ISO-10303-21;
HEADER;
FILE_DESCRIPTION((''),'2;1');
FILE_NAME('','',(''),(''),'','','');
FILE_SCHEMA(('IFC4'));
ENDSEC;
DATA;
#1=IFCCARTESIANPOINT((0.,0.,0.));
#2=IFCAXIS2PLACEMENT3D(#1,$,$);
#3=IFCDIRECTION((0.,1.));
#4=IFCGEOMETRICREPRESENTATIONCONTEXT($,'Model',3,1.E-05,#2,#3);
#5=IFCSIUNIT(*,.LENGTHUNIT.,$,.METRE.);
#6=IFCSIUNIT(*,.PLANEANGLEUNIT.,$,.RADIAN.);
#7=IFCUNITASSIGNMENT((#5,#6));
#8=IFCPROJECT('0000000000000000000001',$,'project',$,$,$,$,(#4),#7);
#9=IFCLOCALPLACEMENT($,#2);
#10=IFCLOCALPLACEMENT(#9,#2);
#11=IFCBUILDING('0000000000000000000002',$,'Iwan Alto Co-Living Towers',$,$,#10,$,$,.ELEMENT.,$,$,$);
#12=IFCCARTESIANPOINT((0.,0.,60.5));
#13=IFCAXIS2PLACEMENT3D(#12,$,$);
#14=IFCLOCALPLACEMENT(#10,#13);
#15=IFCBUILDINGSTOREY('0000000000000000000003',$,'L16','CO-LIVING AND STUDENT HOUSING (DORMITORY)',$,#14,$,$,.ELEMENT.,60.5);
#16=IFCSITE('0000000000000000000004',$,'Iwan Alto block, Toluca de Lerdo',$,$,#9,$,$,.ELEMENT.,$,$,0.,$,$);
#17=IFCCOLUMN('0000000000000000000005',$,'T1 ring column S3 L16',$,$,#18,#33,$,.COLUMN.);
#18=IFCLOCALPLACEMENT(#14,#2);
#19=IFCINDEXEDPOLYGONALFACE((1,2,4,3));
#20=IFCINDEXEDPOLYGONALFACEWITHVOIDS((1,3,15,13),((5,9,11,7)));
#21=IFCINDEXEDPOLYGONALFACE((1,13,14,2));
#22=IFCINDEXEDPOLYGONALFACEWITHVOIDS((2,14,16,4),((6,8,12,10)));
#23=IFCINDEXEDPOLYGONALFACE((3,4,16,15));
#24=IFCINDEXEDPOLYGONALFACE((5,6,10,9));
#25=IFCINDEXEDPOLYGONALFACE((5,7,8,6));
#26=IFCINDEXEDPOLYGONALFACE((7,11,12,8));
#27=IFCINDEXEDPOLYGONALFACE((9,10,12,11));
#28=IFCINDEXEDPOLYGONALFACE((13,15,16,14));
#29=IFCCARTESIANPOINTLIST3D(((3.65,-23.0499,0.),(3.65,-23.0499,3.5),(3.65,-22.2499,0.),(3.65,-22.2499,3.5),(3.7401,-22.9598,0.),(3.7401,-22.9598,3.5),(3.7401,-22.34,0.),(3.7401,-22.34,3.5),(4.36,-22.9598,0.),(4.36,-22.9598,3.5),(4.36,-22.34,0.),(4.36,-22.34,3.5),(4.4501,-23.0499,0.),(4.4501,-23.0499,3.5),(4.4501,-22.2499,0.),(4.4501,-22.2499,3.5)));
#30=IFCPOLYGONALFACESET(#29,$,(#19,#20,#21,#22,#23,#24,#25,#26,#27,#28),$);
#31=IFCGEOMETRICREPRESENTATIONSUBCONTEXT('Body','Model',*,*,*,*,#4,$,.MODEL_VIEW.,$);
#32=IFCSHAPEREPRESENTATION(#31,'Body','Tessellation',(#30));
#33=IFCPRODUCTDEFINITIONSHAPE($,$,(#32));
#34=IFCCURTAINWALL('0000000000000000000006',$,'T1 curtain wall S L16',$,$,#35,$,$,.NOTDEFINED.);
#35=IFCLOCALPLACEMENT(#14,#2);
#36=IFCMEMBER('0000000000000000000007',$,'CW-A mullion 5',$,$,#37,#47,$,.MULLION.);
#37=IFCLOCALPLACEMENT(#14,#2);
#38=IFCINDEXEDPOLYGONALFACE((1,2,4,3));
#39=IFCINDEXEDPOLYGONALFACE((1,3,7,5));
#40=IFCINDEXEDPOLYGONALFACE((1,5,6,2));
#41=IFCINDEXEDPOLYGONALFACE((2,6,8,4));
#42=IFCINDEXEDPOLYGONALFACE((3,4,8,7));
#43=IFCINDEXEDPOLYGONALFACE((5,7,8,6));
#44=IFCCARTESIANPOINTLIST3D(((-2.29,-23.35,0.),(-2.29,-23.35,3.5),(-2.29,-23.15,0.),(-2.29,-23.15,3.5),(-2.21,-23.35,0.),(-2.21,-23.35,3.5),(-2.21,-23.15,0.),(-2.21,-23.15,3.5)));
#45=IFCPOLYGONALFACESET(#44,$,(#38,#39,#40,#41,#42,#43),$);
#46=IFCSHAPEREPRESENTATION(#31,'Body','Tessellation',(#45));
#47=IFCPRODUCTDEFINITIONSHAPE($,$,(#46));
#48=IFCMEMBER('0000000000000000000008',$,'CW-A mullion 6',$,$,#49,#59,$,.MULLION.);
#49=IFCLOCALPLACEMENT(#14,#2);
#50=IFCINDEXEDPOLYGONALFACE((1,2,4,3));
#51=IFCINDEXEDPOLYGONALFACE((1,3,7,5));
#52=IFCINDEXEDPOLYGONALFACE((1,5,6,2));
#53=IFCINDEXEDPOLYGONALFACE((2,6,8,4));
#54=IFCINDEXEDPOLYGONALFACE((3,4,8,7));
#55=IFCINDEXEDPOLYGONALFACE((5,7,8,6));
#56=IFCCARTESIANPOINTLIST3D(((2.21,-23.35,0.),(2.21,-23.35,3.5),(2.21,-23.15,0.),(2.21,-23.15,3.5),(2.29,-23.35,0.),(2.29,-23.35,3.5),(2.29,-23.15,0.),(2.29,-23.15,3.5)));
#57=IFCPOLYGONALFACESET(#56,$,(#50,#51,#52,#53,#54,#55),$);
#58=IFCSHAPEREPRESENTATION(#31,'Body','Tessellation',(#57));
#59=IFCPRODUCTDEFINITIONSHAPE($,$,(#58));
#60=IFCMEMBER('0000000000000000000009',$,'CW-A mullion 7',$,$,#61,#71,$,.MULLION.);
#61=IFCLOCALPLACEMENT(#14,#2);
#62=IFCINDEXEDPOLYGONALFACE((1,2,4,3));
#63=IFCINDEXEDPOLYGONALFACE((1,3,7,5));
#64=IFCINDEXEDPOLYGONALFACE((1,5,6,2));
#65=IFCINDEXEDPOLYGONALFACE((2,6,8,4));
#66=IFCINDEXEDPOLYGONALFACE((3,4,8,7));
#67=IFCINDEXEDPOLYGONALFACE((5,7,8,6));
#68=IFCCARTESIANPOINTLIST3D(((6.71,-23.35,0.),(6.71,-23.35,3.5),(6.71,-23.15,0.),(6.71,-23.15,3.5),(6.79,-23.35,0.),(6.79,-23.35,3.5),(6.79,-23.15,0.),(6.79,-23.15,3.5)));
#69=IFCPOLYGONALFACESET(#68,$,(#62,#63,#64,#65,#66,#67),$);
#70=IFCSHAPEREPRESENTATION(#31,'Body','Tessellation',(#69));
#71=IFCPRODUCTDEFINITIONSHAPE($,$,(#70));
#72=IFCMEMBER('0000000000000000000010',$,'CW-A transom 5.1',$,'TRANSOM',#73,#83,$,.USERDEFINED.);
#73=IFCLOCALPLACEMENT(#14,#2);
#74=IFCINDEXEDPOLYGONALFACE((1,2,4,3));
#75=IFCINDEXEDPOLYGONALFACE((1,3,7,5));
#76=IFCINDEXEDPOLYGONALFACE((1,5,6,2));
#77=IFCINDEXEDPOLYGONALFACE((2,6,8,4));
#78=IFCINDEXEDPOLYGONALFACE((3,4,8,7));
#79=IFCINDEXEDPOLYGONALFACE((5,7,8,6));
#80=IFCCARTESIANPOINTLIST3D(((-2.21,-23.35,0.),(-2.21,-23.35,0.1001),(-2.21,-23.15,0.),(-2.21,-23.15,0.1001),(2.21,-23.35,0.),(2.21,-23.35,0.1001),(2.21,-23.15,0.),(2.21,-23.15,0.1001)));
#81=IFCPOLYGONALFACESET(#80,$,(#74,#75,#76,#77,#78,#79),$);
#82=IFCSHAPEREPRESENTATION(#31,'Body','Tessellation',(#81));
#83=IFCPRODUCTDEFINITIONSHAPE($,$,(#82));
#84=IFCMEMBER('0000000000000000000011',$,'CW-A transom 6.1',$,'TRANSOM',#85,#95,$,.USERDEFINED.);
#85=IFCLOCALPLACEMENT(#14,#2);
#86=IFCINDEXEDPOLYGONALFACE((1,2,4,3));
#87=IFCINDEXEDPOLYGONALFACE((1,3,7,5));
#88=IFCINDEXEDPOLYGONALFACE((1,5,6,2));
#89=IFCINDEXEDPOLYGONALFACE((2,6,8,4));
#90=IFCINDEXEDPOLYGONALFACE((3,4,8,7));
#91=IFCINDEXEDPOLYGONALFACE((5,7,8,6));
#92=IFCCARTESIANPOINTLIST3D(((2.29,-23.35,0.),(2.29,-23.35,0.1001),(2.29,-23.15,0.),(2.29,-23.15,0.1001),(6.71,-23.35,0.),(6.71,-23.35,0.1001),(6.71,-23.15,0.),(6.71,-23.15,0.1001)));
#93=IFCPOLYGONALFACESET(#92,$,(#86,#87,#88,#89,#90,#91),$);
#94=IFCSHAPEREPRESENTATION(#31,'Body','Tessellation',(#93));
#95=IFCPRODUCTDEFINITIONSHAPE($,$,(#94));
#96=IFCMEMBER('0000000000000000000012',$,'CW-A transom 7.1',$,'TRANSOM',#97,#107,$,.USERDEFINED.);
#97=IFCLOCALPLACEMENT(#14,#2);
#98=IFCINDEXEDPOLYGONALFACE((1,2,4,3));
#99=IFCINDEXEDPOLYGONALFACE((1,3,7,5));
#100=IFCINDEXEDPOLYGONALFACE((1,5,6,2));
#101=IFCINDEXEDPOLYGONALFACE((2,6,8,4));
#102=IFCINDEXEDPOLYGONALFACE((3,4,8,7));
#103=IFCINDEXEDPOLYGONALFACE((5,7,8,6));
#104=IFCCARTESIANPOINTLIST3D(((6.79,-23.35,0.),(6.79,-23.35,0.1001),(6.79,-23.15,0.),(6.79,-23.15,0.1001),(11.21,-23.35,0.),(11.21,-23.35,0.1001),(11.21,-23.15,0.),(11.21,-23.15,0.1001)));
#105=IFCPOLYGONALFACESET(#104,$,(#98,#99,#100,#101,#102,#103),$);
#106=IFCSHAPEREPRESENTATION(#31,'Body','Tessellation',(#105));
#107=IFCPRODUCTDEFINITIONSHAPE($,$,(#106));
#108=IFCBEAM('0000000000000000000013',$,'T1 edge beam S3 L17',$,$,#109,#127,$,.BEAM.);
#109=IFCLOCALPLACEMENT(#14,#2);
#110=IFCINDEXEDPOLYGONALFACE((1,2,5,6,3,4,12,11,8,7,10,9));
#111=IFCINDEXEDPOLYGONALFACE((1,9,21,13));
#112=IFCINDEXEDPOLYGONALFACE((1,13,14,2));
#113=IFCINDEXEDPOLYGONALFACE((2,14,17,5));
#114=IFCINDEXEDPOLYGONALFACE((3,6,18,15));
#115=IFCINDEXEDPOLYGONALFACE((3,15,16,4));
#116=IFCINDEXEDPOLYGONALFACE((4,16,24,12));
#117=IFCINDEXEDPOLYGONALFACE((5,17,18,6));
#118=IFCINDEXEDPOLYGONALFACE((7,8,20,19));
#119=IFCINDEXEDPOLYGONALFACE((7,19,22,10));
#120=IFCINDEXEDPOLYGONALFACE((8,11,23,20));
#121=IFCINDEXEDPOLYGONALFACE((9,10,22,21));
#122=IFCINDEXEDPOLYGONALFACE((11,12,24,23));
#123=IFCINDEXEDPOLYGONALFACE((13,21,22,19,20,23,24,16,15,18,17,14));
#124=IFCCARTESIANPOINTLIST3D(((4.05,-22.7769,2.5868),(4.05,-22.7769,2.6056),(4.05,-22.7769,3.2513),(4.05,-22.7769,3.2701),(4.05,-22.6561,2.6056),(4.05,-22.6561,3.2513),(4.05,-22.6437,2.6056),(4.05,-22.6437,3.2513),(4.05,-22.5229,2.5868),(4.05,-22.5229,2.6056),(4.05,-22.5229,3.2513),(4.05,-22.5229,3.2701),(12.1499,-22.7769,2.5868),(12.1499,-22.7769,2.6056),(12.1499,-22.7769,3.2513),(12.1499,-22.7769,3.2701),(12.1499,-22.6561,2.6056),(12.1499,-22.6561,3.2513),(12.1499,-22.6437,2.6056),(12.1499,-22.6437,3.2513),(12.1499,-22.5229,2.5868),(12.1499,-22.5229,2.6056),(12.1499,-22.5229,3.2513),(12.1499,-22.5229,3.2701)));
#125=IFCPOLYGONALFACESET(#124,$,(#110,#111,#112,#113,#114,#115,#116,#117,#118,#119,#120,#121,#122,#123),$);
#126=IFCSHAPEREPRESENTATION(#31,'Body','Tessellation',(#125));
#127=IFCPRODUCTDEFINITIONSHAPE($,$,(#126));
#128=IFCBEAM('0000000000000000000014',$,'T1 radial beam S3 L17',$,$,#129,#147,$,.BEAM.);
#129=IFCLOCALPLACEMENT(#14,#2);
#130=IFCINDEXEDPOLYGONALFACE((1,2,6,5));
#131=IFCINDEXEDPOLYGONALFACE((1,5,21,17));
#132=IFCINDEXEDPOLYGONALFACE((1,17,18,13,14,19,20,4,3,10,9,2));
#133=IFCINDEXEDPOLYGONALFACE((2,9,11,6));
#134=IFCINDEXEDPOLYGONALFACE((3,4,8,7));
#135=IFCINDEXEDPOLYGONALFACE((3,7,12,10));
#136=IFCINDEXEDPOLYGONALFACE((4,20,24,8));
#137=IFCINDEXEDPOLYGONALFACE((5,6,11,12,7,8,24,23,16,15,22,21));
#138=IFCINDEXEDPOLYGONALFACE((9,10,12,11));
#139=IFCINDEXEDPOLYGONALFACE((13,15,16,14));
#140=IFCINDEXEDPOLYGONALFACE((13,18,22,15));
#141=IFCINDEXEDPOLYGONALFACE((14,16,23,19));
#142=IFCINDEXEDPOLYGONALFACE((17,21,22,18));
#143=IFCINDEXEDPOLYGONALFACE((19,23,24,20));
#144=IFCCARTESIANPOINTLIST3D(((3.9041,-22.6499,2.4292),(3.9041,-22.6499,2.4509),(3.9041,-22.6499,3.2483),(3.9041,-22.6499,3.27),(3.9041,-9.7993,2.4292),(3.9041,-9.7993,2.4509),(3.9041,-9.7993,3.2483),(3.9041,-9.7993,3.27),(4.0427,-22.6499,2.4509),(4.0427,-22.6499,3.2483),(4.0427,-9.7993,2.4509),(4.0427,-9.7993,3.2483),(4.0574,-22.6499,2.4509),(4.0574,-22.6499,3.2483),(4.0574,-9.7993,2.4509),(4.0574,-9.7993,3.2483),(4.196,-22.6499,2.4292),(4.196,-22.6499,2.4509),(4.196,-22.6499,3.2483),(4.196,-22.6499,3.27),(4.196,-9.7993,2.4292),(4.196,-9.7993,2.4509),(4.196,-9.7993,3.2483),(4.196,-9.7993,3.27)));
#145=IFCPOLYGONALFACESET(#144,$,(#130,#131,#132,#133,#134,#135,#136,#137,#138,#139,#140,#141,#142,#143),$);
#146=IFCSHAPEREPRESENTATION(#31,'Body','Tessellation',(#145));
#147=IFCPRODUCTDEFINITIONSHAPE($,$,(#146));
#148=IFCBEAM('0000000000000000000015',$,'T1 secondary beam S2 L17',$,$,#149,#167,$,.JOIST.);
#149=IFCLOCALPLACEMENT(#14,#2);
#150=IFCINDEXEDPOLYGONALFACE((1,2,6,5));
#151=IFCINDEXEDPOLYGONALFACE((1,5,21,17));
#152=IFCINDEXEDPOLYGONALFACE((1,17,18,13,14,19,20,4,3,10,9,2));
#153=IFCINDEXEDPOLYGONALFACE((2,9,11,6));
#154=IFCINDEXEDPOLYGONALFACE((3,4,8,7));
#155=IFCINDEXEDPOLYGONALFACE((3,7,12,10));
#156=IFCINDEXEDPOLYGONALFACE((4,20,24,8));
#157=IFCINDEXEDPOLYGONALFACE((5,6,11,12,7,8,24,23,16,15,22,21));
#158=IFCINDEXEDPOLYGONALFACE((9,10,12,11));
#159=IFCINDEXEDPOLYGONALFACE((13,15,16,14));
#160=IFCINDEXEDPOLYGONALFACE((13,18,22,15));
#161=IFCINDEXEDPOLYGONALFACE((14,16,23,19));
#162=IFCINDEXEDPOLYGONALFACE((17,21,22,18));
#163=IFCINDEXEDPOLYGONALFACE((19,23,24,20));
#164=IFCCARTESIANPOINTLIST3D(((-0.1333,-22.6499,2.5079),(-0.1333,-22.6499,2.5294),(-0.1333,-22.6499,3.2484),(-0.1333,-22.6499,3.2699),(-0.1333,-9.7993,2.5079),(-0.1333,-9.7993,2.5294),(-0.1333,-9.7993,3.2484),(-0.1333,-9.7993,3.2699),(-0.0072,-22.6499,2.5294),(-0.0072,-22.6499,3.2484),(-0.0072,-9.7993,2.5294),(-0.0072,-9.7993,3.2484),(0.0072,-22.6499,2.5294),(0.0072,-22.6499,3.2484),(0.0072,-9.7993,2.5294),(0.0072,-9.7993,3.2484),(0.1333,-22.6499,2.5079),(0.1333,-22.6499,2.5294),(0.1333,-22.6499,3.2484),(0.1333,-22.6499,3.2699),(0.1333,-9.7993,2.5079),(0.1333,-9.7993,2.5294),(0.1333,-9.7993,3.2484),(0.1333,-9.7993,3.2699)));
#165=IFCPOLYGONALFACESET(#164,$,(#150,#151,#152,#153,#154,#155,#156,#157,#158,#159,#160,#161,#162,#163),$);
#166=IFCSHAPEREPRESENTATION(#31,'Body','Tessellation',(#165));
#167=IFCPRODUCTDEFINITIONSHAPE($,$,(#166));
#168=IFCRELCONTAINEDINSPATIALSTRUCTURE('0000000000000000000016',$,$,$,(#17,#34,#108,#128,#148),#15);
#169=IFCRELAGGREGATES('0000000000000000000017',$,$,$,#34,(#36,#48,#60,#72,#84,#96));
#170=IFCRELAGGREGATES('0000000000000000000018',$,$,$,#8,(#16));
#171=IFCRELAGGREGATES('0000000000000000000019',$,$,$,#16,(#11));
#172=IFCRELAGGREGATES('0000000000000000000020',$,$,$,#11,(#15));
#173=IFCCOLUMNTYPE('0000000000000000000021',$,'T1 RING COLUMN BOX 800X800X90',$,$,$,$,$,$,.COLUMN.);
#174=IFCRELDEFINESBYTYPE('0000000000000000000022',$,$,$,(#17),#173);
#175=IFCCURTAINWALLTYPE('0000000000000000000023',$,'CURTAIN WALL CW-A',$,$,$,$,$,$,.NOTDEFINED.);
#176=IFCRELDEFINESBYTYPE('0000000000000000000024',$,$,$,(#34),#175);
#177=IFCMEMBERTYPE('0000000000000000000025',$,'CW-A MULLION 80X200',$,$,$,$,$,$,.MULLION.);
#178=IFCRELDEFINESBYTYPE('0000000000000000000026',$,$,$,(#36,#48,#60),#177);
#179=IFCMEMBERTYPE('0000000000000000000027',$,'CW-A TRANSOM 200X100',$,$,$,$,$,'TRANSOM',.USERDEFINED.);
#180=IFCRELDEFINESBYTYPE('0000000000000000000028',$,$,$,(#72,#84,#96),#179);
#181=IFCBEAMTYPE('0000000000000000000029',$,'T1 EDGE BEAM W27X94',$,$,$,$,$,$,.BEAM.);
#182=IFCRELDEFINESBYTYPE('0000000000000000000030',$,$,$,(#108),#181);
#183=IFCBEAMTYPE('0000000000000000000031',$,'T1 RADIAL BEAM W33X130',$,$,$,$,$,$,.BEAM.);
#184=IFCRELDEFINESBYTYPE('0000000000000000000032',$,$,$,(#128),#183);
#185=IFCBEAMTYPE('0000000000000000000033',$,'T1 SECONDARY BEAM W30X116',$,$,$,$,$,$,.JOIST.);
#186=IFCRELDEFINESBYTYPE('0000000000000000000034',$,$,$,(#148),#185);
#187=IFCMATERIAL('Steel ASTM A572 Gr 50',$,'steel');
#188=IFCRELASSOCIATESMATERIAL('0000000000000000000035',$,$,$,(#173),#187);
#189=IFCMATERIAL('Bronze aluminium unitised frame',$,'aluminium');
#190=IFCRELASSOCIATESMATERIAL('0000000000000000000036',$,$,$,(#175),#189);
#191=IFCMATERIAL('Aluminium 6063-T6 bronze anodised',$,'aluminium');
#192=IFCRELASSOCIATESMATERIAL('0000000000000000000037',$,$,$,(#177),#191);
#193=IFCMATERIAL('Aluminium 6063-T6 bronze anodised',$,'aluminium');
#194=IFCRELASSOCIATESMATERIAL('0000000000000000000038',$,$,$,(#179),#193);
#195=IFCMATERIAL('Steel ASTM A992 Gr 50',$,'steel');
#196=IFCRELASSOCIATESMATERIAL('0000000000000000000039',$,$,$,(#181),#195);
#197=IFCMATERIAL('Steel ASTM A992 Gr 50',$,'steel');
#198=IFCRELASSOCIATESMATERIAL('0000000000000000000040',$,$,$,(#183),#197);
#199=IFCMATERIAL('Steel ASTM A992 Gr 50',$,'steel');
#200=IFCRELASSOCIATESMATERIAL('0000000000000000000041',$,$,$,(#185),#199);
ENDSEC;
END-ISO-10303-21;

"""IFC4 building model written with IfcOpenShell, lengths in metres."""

from ifc_helpers import new_model, si_unit, direction, frame, origin, origin_2d, place, context, subcontext, project, spatial, rectangle, hollow_rectangle, i_section, extrude, material, material_profile, profile_set, type_object, element, aggregate, save


model = new_model("IFC4")

# Units and contexts
model_context = context("Model", 3, precision=1e-05, world=origin(), true_north=direction((0.0, 1.0)))
body_context = subcontext(model_context, "Body", "Model", "MODEL_VIEW")
ifc_project = project(units=[si_unit("LENGTHUNIT", "METRE"), si_unit("PLANEANGLEUNIT", "RADIAN")], contexts=[model_context])

# Site, building, storey
site_placement = place(None, origin())
site = spatial("IfcSite", under=ifc_project, at=site_placement, Name="Iwan Alto block, Toluca de Lerdo", CompositionType="ELEMENT", RefElevation=0.0)
building_placement = place(site_placement, origin())
building = spatial("IfcBuilding", under=site, at=building_placement, Name="Iwan Alto Co-Living Towers", CompositionType="ELEMENT")
storey_placement = place(building_placement, frame((0.0, 0.0, 60.5)))
storey = spatial("IfcBuildingStorey", under=building, at=storey_placement, Name="L16", Description="CO-LIVING AND STUDENT HOUSING (DORMITORY)", CompositionType="ELEMENT", Elevation=60.5)

# Column
ifc_material_1 = material(Name="Steel ASTM A572 Gr 50", Category="steel")
ifc_material_profile_1 = material_profile(ifc_material_1, hollow_rectangle(XDim=0.8, YDim=0.8, WallThickness=0.0901, at=origin_2d()), Name="BOX 800X800X90")
ifc_profile_set_1 = profile_set([ifc_material_profile_1], Name="Steel ASTM A572 Gr 50")
column_type = type_object("IfcColumnType", Name="T1 RING COLUMN BOX 800X800X90", PredefinedType="COLUMN", material=ifc_profile_set_1)
column_placement = place(storey_placement, frame((4.05, -22.6499, 0.0), z_axis=(0.0, 0.0, 1.0), x_axis=(1.0, 0.0, 0.0)))
element("IfcColumn", 1, at=column_placement, inside=storey, type_object=column_type, Name="T1 ring column S3 L16", PredefinedType="COLUMN", context=body_context, shape_type="SweptSolid", body=[
    extrude(hollow_rectangle(XDim=0.8, YDim=0.8, WallThickness=0.0901, at=origin_2d()), origin(), (0.0, 0.0, 1.0), 3.5),
])

# Curtain wall, members
ifc_material_2 = material(Name="Bronze aluminium unitised frame", Category="aluminium")
curtain_wall_type = type_object("IfcCurtainWallType", Name="CURTAIN WALL CW-A", PredefinedType="NOTDEFINED", material=ifc_material_2)
curtain_wall_placement = place(storey_placement, origin())
curtain_wall = element("IfcCurtainWall", 2, at=curtain_wall_placement, inside=storey, type_object=curtain_wall_type, Name="T1 curtain wall S L16", PredefinedType="NOTDEFINED")
ifc_material_3 = material(Name="Aluminium 6063-T6 bronze anodised", Category="aluminium")
ifc_material_profile_2 = material_profile(ifc_material_3, rectangle(XDim=0.2, YDim=0.0801, at=origin_2d()), Name="AL 80X200")
ifc_profile_set_2 = profile_set([ifc_material_profile_2], Name="Aluminium 6063-T6 bronze anodised")
member_type_1 = type_object("IfcMemberType", Name="CW-A MULLION 80X200", PredefinedType="MULLION", material=ifc_profile_set_2)
member_1_placement = place(storey_placement, frame((-2.25, -23.25, 0.0), z_axis=(0.0, 0.0, 1.0), x_axis=(0.0, 1.0, 0.0)))
member_1 = element("IfcMember", 3, at=member_1_placement, type_object=member_type_1, Name="CW-A mullion 5", PredefinedType="MULLION", context=body_context, shape_type="SweptSolid", body=[
    extrude(rectangle(XDim=0.2, YDim=0.0801, at=origin_2d()), origin(), (0.0, 0.0, 1.0), 3.5),
])
member_2_placement = place(storey_placement, frame((2.25, -23.25, 0.0), z_axis=(0.0, 0.0, 1.0), x_axis=(0.0, 1.0, 0.0)))
member_2 = element("IfcMember", 4, at=member_2_placement, type_object=member_type_1, Name="CW-A mullion 6", PredefinedType="MULLION", context=body_context, shape_type="SweptSolid", body=[
    extrude(rectangle(XDim=0.2, YDim=0.0801, at=origin_2d()), origin(), (0.0, 0.0, 1.0), 3.5),
])
member_3_placement = place(storey_placement, frame((6.75, -23.25, 0.0), z_axis=(0.0, 0.0, 1.0), x_axis=(0.0, 1.0, 0.0)))
member_3 = element("IfcMember", 5, at=member_3_placement, type_object=member_type_1, Name="CW-A mullion 7", PredefinedType="MULLION", context=body_context, shape_type="SweptSolid", body=[
    extrude(rectangle(XDim=0.2, YDim=0.0801, at=origin_2d()), origin(), (0.0, 0.0, 1.0), 3.5),
])
ifc_material_4 = material(Name="Aluminium 6063-T6 bronze anodised", Category="aluminium")
ifc_material_profile_3 = material_profile(ifc_material_4, rectangle(XDim=0.2, YDim=0.1001, at=origin_2d()), Name="AL 200X100")
ifc_profile_set_3 = profile_set([ifc_material_profile_3], Name="Aluminium 6063-T6 bronze anodised")
member_type_2 = type_object("IfcMemberType", Name="CW-A TRANSOM 200X100", ElementType="TRANSOM", PredefinedType="USERDEFINED", material=ifc_profile_set_3)
member_4_placement = place(storey_placement, frame((-2.21, -23.25, 0.05), z_axis=(1.0, 0.0, 0.0), x_axis=(0.0, 1.0, 0.0)))
member_4 = element("IfcMember", 6, at=member_4_placement, type_object=member_type_2, Name="CW-A transom 5.1", ObjectType="TRANSOM", PredefinedType="USERDEFINED", context=body_context, shape_type="SweptSolid", body=[
    extrude(rectangle(XDim=0.2, YDim=0.1001, at=origin_2d()), origin(), (0.0, 0.0, 1.0), 4.4199),
])
member_5_placement = place(storey_placement, frame((2.29, -23.25, 0.05), z_axis=(1.0, 0.0, 0.0), x_axis=(0.0, 1.0, 0.0)))
member_5 = element("IfcMember", 7, at=member_5_placement, type_object=member_type_2, Name="CW-A transom 6.1", ObjectType="TRANSOM", PredefinedType="USERDEFINED", context=body_context, shape_type="SweptSolid", body=[
    extrude(rectangle(XDim=0.2, YDim=0.1001, at=origin_2d()), origin(), (0.0, 0.0, 1.0), 4.4199),
])
member_6_placement = place(storey_placement, frame((6.79, -23.25, 0.05), z_axis=(1.0, 0.0, 0.0), x_axis=(0.0, 1.0, 0.0)))
member_6 = element("IfcMember", 8, at=member_6_placement, type_object=member_type_2, Name="CW-A transom 7.1", ObjectType="TRANSOM", PredefinedType="USERDEFINED", context=body_context, shape_type="SweptSolid", body=[
    extrude(rectangle(XDim=0.2, YDim=0.1001, at=origin_2d()), origin(), (0.0, 0.0, 1.0), 4.4199),
])

# Beams
ifc_material_5 = material(Name="Steel ASTM A992 Gr 50", Category="steel")
ifc_material_profile_4 = material_profile(ifc_material_5, i_section(OverallWidth=0.2539, OverallDepth=0.6833, WebThickness=0.0125, FlangeThickness=0.0188, at=origin_2d()), Name="W27X94")
ifc_profile_set_4 = profile_set([ifc_material_profile_4], Name="Steel ASTM A992 Gr 50")
beam_type_1 = type_object("IfcBeamType", Name="T1 EDGE BEAM W27X94", PredefinedType="BEAM", material=ifc_profile_set_4)
beam_1_placement = place(storey_placement, frame((4.05, -22.6499, 2.9285), z_axis=(1.0, 0.0, 0.0), x_axis=(0.0, 1.0, 0.0)))
element("IfcBeam", 9, at=beam_1_placement, inside=storey, type_object=beam_type_1, Name="T1 edge beam S3 L17", PredefinedType="BEAM", context=body_context, shape_type="SweptSolid", body=[
    extrude(i_section(OverallWidth=0.2539, OverallDepth=0.6833, WebThickness=0.0125, FlangeThickness=0.0188, at=origin_2d()), origin(), (0.0, 0.0, 1.0), 8.0999),
])
ifc_material_6 = material(Name="Steel ASTM A992 Gr 50", Category="steel")
ifc_material_profile_5 = material_profile(ifc_material_6, i_section(OverallWidth=0.292, OverallDepth=0.8408, WebThickness=0.0146, FlangeThickness=0.0217, at=origin_2d()), Name="W33X130")
ifc_profile_set_5 = profile_set([ifc_material_profile_5], Name="Steel ASTM A992 Gr 50")
beam_type_2 = type_object("IfcBeamType", Name="T1 RADIAL BEAM W33X130", PredefinedType="BEAM", material=ifc_profile_set_5)
beam_2_placement = place(storey_placement, frame((4.05, -22.6499, 2.8496), z_axis=(0.0, 1.0, 0.0), x_axis=(-1.0, 0.0, 0.0)))
element("IfcBeam", 10, at=beam_2_placement, inside=storey, type_object=beam_type_2, Name="T1 radial beam S3 L17", PredefinedType="BEAM", context=body_context, shape_type="SweptSolid", body=[
    extrude(i_section(OverallWidth=0.292, OverallDepth=0.8408, WebThickness=0.0146, FlangeThickness=0.0217, at=origin_2d()), origin(), (0.0, 0.0, 1.0), 12.8506),
])
ifc_material_7 = material(Name="Steel ASTM A992 Gr 50", Category="steel")
ifc_material_profile_6 = material_profile(ifc_material_7, i_section(OverallWidth=0.2666, OverallDepth=0.762, WebThickness=0.0144, FlangeThickness=0.0215, at=origin_2d()), Name="W30X116")
ifc_profile_set_6 = profile_set([ifc_material_profile_6], Name="Steel ASTM A992 Gr 50")
beam_type_3 = type_object("IfcBeamType", Name="T1 SECONDARY BEAM W30X116", PredefinedType="JOIST", material=ifc_profile_set_6)
for number, where, z_axis, x_axis, name in (
    (11, (0.0, -22.6499, 2.8889), (0.0, 1.0, 0.0), (-1.0, 0.0, 0.0), "T1 secondary beam S2 L17"),
):
    element("IfcBeam", number, at=place(storey_placement, frame(where, z_axis=z_axis, x_axis=x_axis)), inside=storey, type_object=beam_type_3, Name=name, PredefinedType="JOIST", context=body_context, shape_type="SweptSolid", body=[
        extrude(i_section(OverallWidth=0.2666, OverallDepth=0.762, WebThickness=0.0144, FlangeThickness=0.0215, at=origin_2d()), origin(), (0.0, 0.0, 1.0), 12.8506),
    ])

aggregate(curtain_wall, [member_1, member_2, member_3, member_4, member_5, member_6])

save(model, "model.ifc")
